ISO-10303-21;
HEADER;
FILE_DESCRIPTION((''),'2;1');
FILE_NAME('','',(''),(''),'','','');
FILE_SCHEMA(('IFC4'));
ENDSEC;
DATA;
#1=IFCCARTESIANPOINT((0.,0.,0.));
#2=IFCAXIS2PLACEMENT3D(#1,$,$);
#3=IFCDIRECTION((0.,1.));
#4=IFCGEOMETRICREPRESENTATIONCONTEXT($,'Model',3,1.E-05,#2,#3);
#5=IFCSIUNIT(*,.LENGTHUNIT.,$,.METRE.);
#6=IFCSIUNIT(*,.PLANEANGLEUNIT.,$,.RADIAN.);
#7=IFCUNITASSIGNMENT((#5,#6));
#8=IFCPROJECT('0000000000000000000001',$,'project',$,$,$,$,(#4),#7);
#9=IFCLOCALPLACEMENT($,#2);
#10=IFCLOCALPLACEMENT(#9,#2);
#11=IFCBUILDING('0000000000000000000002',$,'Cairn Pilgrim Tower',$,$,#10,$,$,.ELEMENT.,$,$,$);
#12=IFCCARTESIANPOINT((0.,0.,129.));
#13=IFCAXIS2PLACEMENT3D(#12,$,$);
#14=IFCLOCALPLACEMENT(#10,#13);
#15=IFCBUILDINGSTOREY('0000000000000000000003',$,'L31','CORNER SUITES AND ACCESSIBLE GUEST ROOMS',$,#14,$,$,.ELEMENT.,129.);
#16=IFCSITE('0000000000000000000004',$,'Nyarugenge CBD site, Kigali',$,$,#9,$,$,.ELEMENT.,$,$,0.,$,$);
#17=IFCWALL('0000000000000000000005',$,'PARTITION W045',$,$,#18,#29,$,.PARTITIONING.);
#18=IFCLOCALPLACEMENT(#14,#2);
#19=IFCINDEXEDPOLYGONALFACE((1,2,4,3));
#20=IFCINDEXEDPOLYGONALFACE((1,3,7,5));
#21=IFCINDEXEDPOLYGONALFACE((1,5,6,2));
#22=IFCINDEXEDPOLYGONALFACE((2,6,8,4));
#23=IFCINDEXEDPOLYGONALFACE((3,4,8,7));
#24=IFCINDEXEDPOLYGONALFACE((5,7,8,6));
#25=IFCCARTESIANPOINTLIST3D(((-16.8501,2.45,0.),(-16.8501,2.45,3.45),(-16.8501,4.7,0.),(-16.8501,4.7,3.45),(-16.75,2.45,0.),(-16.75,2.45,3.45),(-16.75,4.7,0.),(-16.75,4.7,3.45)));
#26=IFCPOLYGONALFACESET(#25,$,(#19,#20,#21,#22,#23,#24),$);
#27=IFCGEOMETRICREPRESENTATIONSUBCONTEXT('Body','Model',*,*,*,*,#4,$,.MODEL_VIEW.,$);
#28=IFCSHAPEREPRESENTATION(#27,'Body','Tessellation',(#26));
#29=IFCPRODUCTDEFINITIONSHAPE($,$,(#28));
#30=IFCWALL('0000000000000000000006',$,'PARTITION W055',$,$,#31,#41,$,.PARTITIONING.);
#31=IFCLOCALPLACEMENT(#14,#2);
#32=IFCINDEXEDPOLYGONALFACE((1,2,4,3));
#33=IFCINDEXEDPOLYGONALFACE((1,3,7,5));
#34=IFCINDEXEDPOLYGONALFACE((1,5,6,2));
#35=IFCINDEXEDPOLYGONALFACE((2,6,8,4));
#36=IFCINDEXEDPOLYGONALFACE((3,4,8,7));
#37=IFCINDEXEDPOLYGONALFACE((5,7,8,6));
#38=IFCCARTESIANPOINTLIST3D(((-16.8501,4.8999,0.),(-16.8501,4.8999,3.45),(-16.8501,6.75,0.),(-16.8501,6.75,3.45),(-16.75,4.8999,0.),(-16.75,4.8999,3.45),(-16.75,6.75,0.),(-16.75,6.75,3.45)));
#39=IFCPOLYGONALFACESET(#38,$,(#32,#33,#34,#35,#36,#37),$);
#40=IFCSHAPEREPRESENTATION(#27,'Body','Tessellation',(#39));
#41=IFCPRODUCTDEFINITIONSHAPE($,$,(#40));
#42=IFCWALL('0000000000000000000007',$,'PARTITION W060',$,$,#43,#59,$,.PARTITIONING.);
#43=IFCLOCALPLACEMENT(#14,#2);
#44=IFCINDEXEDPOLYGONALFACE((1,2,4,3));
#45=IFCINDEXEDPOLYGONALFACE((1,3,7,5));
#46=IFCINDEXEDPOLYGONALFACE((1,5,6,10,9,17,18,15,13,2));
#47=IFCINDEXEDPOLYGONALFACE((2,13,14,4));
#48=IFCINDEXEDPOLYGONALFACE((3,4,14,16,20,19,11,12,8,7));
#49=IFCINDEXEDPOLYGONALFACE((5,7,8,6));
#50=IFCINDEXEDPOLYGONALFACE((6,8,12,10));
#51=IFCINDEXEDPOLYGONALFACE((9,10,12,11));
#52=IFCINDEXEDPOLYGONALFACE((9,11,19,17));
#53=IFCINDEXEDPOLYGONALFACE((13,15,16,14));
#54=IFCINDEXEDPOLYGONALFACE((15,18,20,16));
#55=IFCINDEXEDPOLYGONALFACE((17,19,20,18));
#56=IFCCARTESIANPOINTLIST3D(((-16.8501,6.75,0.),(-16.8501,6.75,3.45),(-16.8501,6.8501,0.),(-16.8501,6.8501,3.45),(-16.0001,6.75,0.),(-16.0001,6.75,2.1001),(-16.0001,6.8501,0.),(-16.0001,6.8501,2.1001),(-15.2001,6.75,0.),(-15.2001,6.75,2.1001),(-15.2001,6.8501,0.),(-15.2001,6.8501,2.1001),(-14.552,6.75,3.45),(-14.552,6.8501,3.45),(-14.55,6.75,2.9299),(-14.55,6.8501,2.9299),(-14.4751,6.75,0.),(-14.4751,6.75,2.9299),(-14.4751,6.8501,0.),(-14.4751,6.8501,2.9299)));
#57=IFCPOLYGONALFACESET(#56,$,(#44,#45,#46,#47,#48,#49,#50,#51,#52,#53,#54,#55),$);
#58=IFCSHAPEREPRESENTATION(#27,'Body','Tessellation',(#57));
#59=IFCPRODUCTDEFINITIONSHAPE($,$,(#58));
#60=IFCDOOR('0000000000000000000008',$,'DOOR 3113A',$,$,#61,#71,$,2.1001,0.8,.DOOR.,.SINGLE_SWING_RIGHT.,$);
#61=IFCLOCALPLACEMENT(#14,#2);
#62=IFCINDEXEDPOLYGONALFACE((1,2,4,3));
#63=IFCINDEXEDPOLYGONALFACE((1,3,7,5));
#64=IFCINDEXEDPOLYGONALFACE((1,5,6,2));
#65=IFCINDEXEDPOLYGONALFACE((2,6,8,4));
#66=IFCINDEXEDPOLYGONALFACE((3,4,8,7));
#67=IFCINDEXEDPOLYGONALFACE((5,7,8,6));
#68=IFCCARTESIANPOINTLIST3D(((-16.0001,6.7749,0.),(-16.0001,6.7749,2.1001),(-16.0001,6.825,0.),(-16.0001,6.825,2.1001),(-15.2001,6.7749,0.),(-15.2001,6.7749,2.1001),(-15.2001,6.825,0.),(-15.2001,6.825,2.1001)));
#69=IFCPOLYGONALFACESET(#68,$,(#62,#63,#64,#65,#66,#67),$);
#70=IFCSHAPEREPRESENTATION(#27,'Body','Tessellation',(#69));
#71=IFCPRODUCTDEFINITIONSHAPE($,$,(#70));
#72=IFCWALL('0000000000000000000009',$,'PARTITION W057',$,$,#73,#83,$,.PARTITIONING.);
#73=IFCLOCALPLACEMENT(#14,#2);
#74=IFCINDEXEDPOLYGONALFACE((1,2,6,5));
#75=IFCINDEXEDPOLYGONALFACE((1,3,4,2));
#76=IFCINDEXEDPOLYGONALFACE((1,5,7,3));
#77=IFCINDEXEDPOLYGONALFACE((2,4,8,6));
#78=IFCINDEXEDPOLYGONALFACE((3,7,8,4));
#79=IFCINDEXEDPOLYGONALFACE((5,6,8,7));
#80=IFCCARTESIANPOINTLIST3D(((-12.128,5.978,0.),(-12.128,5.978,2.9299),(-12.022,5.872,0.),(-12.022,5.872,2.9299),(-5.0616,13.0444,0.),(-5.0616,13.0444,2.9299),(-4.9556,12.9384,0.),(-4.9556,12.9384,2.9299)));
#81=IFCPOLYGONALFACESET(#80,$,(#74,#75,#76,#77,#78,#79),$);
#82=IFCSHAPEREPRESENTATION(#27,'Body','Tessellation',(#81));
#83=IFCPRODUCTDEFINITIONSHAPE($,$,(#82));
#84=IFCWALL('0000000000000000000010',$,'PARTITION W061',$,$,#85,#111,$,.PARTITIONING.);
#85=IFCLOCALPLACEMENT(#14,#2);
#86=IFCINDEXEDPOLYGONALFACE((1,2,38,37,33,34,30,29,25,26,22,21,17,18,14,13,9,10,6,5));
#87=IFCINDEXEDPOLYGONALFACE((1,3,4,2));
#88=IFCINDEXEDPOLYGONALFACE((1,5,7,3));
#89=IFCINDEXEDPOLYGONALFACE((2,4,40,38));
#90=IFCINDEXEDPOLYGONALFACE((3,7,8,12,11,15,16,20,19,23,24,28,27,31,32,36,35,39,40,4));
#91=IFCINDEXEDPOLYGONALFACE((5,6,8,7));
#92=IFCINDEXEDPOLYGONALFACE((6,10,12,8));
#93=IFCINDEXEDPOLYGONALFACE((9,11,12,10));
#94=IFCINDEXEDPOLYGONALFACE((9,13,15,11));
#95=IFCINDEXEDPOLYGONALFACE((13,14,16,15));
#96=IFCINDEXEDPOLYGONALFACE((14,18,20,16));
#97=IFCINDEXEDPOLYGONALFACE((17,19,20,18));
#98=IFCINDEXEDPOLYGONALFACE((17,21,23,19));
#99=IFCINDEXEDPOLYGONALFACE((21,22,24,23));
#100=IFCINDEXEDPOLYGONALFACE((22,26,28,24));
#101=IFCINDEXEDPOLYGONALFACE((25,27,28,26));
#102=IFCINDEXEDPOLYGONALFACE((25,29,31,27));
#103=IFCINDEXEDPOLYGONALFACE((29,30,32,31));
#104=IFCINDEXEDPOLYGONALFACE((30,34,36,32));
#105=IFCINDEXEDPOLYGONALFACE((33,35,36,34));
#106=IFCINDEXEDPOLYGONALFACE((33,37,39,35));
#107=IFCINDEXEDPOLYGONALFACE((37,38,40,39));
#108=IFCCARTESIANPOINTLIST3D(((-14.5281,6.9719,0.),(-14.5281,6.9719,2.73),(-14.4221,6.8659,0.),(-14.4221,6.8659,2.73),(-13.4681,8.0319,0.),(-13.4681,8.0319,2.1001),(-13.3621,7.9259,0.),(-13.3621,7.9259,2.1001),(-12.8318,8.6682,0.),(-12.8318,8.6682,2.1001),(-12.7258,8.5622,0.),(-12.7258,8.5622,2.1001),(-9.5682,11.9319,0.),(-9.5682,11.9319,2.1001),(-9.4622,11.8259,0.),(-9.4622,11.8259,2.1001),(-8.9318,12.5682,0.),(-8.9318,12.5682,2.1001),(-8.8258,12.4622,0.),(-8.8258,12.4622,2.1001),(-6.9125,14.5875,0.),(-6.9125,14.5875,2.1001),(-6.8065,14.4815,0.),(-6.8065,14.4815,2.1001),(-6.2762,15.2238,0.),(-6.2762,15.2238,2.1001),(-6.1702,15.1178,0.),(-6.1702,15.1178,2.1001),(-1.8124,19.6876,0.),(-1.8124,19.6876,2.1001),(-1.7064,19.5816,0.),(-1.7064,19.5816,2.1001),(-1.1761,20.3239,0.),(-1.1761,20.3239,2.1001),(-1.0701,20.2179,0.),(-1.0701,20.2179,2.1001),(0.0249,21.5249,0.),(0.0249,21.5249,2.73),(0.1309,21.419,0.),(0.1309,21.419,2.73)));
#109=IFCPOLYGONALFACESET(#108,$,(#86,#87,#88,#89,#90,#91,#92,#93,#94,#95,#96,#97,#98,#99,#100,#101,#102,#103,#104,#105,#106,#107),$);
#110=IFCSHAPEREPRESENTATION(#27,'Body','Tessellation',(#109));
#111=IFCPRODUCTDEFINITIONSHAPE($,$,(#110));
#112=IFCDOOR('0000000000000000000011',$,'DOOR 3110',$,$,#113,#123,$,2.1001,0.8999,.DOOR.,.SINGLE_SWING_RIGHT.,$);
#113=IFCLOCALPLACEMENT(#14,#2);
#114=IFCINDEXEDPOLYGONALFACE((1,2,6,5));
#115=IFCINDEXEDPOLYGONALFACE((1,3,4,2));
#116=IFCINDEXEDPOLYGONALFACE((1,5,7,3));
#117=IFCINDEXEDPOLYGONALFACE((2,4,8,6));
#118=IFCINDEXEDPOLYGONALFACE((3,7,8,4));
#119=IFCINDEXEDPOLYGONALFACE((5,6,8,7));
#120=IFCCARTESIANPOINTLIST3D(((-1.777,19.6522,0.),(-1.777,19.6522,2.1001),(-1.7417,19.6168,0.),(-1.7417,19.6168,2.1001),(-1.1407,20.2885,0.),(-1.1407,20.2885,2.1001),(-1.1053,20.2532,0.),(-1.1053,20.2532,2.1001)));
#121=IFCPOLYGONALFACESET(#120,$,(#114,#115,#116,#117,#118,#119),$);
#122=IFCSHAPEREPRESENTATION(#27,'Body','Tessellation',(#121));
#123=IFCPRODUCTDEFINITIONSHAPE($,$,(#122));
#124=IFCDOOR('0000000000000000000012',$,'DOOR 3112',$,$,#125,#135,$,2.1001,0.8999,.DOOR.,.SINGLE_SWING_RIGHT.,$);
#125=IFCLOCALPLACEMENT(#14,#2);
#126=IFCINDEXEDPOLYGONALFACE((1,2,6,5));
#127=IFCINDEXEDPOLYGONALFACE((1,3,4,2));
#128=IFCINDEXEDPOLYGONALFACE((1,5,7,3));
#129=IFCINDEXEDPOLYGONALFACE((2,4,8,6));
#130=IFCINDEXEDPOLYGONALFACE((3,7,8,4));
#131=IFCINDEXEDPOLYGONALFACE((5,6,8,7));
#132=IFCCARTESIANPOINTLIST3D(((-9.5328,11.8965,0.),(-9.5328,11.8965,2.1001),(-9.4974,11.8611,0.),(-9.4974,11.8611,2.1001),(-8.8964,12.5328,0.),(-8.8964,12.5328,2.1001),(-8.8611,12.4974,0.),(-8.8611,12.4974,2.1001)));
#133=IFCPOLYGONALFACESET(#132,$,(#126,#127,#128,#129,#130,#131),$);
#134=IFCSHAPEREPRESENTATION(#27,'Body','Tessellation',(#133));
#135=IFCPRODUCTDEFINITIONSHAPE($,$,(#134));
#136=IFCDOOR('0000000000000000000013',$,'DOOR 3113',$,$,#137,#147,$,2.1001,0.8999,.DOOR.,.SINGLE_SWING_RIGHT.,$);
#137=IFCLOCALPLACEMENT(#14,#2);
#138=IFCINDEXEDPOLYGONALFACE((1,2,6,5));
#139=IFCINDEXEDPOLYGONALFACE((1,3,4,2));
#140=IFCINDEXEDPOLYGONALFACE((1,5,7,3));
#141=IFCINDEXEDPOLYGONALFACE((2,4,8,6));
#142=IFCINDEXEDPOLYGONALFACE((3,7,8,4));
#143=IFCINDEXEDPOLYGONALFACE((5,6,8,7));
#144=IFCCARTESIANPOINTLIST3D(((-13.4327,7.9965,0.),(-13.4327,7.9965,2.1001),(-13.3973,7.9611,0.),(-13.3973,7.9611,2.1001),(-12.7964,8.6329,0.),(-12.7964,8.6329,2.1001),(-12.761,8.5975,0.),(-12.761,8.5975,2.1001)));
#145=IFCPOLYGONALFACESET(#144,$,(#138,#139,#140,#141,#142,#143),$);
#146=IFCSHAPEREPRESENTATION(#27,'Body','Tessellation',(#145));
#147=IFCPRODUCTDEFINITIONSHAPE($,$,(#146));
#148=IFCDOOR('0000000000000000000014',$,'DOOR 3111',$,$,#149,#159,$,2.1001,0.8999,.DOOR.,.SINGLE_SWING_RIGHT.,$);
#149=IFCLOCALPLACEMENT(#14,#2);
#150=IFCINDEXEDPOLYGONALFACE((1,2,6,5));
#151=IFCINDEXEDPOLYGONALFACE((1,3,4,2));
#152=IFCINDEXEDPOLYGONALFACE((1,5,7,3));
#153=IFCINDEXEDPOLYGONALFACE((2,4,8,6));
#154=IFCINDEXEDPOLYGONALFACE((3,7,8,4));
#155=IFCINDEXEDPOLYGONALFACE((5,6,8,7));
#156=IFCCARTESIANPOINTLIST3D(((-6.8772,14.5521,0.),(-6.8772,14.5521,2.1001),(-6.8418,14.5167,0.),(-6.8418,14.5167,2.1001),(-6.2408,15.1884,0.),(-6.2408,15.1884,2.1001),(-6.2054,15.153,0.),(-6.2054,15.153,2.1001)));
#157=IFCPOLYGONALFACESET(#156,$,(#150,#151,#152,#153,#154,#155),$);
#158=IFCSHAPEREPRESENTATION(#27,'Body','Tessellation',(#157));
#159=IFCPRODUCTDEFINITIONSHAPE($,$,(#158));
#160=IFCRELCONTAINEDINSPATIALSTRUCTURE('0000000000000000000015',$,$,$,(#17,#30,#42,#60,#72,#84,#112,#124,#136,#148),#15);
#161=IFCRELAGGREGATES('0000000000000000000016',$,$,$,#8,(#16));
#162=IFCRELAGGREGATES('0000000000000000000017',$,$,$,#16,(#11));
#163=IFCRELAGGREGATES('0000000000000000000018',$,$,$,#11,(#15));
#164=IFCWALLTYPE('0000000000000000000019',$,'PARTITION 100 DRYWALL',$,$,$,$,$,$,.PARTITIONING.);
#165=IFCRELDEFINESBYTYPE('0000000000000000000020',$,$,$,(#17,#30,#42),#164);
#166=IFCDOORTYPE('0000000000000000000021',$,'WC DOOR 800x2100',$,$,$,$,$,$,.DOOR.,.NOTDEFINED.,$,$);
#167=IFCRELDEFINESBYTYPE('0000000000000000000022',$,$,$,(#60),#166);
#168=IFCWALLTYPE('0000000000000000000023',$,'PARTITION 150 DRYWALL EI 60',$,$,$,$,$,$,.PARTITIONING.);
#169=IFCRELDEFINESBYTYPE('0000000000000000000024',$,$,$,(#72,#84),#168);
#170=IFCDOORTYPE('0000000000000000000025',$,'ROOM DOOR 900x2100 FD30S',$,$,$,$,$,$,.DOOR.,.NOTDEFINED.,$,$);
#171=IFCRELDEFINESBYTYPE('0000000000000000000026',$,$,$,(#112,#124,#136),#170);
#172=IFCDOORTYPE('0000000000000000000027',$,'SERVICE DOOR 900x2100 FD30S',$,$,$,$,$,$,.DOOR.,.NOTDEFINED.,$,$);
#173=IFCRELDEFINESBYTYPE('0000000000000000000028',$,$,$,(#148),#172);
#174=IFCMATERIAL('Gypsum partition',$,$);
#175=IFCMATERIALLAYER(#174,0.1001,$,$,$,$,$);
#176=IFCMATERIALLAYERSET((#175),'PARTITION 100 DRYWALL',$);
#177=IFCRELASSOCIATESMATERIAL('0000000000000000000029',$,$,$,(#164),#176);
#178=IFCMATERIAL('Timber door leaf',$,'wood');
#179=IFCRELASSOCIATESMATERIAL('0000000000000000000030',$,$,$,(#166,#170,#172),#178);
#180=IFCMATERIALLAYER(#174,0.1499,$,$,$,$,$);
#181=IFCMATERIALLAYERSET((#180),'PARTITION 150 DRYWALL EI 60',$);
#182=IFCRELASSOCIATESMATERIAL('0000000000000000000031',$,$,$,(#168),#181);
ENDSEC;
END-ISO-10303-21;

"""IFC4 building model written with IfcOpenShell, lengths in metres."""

from ifc_helpers import new_model, si_unit, direction, frame, frame_2d, origin, place, context, subcontext, project, spatial, polyline, rectangle, outline, extrude, material, layer, layer_set, type_object, element, fill, save


model = new_model("IFC4")

# Units and contexts
model_context = context("Model", 3, precision=1e-05, world=origin(), true_north=direction((0.0, 1.0)))
body_context = subcontext(model_context, "Body", "Model", "MODEL_VIEW")
ifc_project = project(units=[si_unit("LENGTHUNIT", "METRE"), si_unit("PLANEANGLEUNIT", "RADIAN")], contexts=[model_context])

# Site, building, storey
site_placement = place(None, origin())
site = spatial("IfcSite", under=ifc_project, at=site_placement, Name="Nyarugenge CBD site, Kigali", CompositionType="ELEMENT", RefElevation=0.0)
building_placement = place(site_placement, origin())
building = spatial("IfcBuilding", under=site, at=building_placement, Name="Cairn Pilgrim Tower", CompositionType="ELEMENT")
storey_placement = place(building_placement, frame((0.0, 0.0, 129.0)))
storey = spatial("IfcBuildingStorey", under=building, at=storey_placement, Name="L31", Description="CORNER SUITES AND ACCESSIBLE GUEST ROOMS", CompositionType="ELEMENT", Elevation=129.0)

# Walls
ifc_material_1 = material(Name="Gypsum partition")
ifc_layer_1 = layer(ifc_material_1, 0.1001)
ifc_layer_set_1 = layer_set([ifc_layer_1], Name="PARTITION 100 DRYWALL")
wall_type_1 = type_object("IfcWallType", Name="PARTITION 100 DRYWALL", PredefinedType="PARTITIONING", material=ifc_layer_set_1)
wall_1_placement = place(storey_placement, frame((-16.8, 2.45, 0.0), z_axis=(0.0, 0.0, 1.0), x_axis=(0.0, 1.0, 0.0)))
element("IfcWall", 1, at=wall_1_placement, inside=storey, type_object=wall_type_1, Name="PARTITION W045", PredefinedType="PARTITIONING", context=body_context, shape_type="SweptSolid", body=[
    extrude(rectangle(XDim=2.25, YDim=0.1001, at=frame_2d((1.125, 0.0))), origin(), (0.0, 0.0, 1.0), 3.45),
])
wall_2_placement = place(storey_placement, frame((-16.8, 4.8999, 0.0), z_axis=(0.0, 0.0, 1.0), x_axis=(0.0, 1.0, 0.0)))
element("IfcWall", 2, at=wall_2_placement, inside=storey, type_object=wall_type_1, Name="PARTITION W055", PredefinedType="PARTITIONING", context=body_context, shape_type="SweptSolid", body=[
    extrude(rectangle(XDim=1.8501, YDim=0.1001, at=frame_2d((0.925, 0.0))), origin(), (0.0, 0.0, 1.0), 3.45),
])

# Wall, opening, door
wall_3_placement = place(storey_placement, frame((-16.8501, 6.8, 0.0), z_axis=(0.0, 0.0, 1.0), x_axis=(1.0, 0.0, 0.0)))
wall_3 = element("IfcWall", 3, at=wall_3_placement, inside=storey, type_object=wall_type_1, Name="PARTITION W060", PredefinedType="PARTITIONING", context=body_context, shape_type="SweptSolid", body=[
    extrude(outline(polyline([(0.0, 0.0), (2.375, 0.0), (2.375, 2.9299), (2.3, 2.9299), (2.2981, 3.45), (0.0, 3.45), (0.0, 0.0)])), frame((0.0, 0.05, 0.0), z_axis=(0.0, -1.0, 0.0), x_axis=(1.0, 0.0, 0.0)), (0.0, 0.0, 1.0), 0.1001),
])
opening_1_placement = place(wall_3_placement, frame((0.8501, 0.0, 0.0)))
opening_1 = element("IfcOpeningElement", 4, at=opening_1_placement, cuts=wall_3, PredefinedType="OPENING", context=body_context, shape_type="SweptSolid", body=[
    extrude(rectangle(XDim=0.8, YDim=2.1001, at=frame_2d((0.3999, 1.05))), frame((0.0, 0.0601, 0.0), z_axis=(0.0, -1.0, 0.0), x_axis=(1.0, 0.0, 0.0)), (0.0, 0.0, 1.0), 0.1201),
])
ifc_material_2 = material(Name="Timber door leaf", Category="wood")
door_type_1 = type_object("IfcDoorType", Name="WC DOOR 800x2100", OperationType="NOTDEFINED", PredefinedType="DOOR", material=ifc_material_2)
door_1_placement = place(opening_1_placement, origin())
door_1 = element("IfcDoor", 5, at=door_1_placement, inside=storey, type_object=door_type_1, Name="DOOR 3113A", OperationType="SINGLE_SWING_RIGHT", OverallHeight=2.1001, OverallWidth=0.8, PredefinedType="DOOR", context=body_context, shape_type="SweptSolid", body=[
    extrude(rectangle(XDim=0.8, YDim=2.1001, at=frame_2d((0.3999, 1.05))), frame((0.0, 0.0249, 0.0), z_axis=(0.0, -1.0, 0.0), x_axis=(1.0, 0.0, 0.0)), (0.0, 0.0, 1.0), 0.05),
])
fill(opening_1, door_1)

# Wall
ifc_layer_2 = layer(ifc_material_1, 0.1499)
ifc_layer_set_2 = layer_set([ifc_layer_2], Name="PARTITION 150 DRYWALL EI 60")
wall_type_2 = type_object("IfcWallType", Name="PARTITION 150 DRYWALL EI 60", PredefinedType="PARTITIONING", material=ifc_layer_set_2)
wall_4_placement = place(storey_placement, frame((-12.075, 5.925, 0.0), z_axis=(0.0, 0.0, 1.0), x_axis=(0.707107, 0.707107, 0.0)))
element("IfcWall", 6, at=wall_4_placement, inside=storey, type_object=wall_type_2, Name="PARTITION W057", PredefinedType="PARTITIONING", context=body_context, shape_type="SweptSolid", body=[
    extrude(rectangle(XDim=9.9934, YDim=0.1499, at=frame_2d((4.9966, 0.0))), origin(), (0.0, 0.0, 1.0), 2.9299),
])

# Wall, openings, doors
wall_5_placement = place(storey_placement, frame((-14.4751, 6.9189, 0.0), z_axis=(0.0, 0.0, 1.0), x_axis=(0.707107, 0.707107, 0.0)))
wall_5 = element("IfcWall", 7, at=wall_5_placement, inside=storey, type_object=wall_type_2, Name="PARTITION W061", PredefinedType="PARTITIONING", context=body_context, shape_type="SweptSolid", body=[
    extrude(rectangle(XDim=20.5811, YDim=0.1499, at=frame_2d((10.2905, 0.0))), origin(), (0.0, 0.0, 1.0), 2.73),
])
opening_2_placement = place(wall_5_placement, frame((17.9827, 0.0, 0.0)))
opening_2 = element("IfcOpeningElement", 8, at=opening_2_placement, cuts=wall_5, PredefinedType="OPENING", context=body_context, shape_type="SweptSolid", body=[
    extrude(rectangle(XDim=0.8999, YDim=2.1001, at=frame_2d((0.45, 1.05))), frame((0.0, 0.085, 0.0), z_axis=(0.0, -1.0, 0.0), x_axis=(1.0, 0.0, 0.0)), (0.0, 0.0, 1.0), 0.1699),
])
opening_3_placement = place(wall_5_placement, frame((10.77, 0.0, 0.0)))
opening_3 = element("IfcOpeningElement", 9, at=opening_3_placement, cuts=wall_5, PredefinedType="OPENING", context=body_context, shape_type="SweptSolid", body=[
    extrude(rectangle(XDim=0.8999, YDim=2.1001, at=frame_2d((0.45, 1.05))), frame((0.0, 0.085, 0.0), z_axis=(0.0, -1.0, 0.0), x_axis=(1.0, 0.0, 0.0)), (0.0, 0.0, 1.0), 0.1699),
])
opening_4_placement = place(wall_5_placement, frame((7.0144, 0.0, 0.0)))
opening_4 = element("IfcOpeningElement", 10, at=opening_4_placement, cuts=wall_5, PredefinedType="OPENING", context=body_context, shape_type="SweptSolid", body=[
    extrude(rectangle(XDim=0.8999, YDim=2.1001, at=frame_2d((0.45, 1.05))), frame((0.0, 0.085, 0.0), z_axis=(0.0, -1.0, 0.0), x_axis=(1.0, 0.0, 0.0)), (0.0, 0.0, 1.0), 0.1699),
])
opening_5_placement = place(wall_5_placement, frame((1.499, 0.0, 0.0)))
opening_5 = element("IfcOpeningElement", 11, at=opening_5_placement, cuts=wall_5, PredefinedType="OPENING", context=body_context, shape_type="SweptSolid", body=[
    extrude(rectangle(XDim=0.8999, YDim=2.1001, at=frame_2d((0.45, 1.05))), frame((0.0, 0.085, 0.0), z_axis=(0.0, -1.0, 0.0), x_axis=(1.0, 0.0, 0.0)), (0.0, 0.0, 1.0), 0.1699),
])
door_type_2 = type_object("IfcDoorType", Name="ROOM DOOR 900x2100 FD30S", OperationType="NOTDEFINED", PredefinedType="DOOR", material=ifc_material_2)
door_2_placement = place(opening_2_placement, origin())
door_2 = element("IfcDoor", 12, at=door_2_placement, inside=storey, type_object=door_type_2, Name="DOOR 3110", OperationType="SINGLE_SWING_RIGHT", OverallHeight=2.1001, OverallWidth=0.8999, PredefinedType="DOOR", context=body_context, shape_type="SweptSolid", body=[
    extrude(rectangle(XDim=0.8999, YDim=2.1001, at=frame_2d((0.45, 1.05))), frame((0.0, 0.0249, 0.0), z_axis=(0.0, -1.0, 0.0), x_axis=(1.0, 0.0, 0.0)), (0.0, 0.0, 1.0), 0.05),
])
fill(opening_2, door_2)
door_3_placement = place(opening_4_placement, origin())
door_3 = element("IfcDoor", 13, at=door_3_placement, inside=storey, type_object=door_type_2, Name="DOOR 3112", OperationType="SINGLE_SWING_RIGHT", OverallHeight=2.1001, OverallWidth=0.8999, PredefinedType="DOOR", context=body_context, shape_type="SweptSolid", body=[
    extrude(rectangle(XDim=0.8999, YDim=2.1001, at=frame_2d((0.45, 1.05))), frame((0.0, 0.0249, 0.0), z_axis=(0.0, -1.0, 0.0), x_axis=(1.0, 0.0, 0.0)), (0.0, 0.0, 1.0), 0.05),
])
fill(opening_4, door_3)
door_4_placement = place(opening_5_placement, origin())
door_4 = element("IfcDoor", 14, at=door_4_placement, inside=storey, type_object=door_type_2, Name="DOOR 3113", OperationType="SINGLE_SWING_RIGHT", OverallHeight=2.1001, OverallWidth=0.8999, PredefinedType="DOOR", context=body_context, shape_type="SweptSolid", body=[
    extrude(rectangle(XDim=0.8999, YDim=2.1001, at=frame_2d((0.45, 1.05))), frame((0.0, 0.0249, 0.0), z_axis=(0.0, -1.0, 0.0), x_axis=(1.0, 0.0, 0.0)), (0.0, 0.0, 1.0), 0.05),
])
fill(opening_5, door_4)
door_type_3 = type_object("IfcDoorType", Name="SERVICE DOOR 900x2100 FD30S", OperationType="NOTDEFINED", PredefinedType="DOOR", material=ifc_material_2)
door_5_placement = place(opening_3_placement, origin())
door_5 = element("IfcDoor", 15, at=door_5_placement, inside=storey, type_object=door_type_3, Name="DOOR 3111", OperationType="SINGLE_SWING_RIGHT", OverallHeight=2.1001, OverallWidth=0.8999, PredefinedType="DOOR", context=body_context, shape_type="SweptSolid", body=[
    extrude(rectangle(XDim=0.8999, YDim=2.1001, at=frame_2d((0.45, 1.05))), frame((0.0, 0.0249, 0.0), z_axis=(0.0, -1.0, 0.0), x_axis=(1.0, 0.0, 0.0)), (0.0, 0.0, 1.0), 0.05),
])
fill(opening_3, door_5)

save(model, "model.ifc")
